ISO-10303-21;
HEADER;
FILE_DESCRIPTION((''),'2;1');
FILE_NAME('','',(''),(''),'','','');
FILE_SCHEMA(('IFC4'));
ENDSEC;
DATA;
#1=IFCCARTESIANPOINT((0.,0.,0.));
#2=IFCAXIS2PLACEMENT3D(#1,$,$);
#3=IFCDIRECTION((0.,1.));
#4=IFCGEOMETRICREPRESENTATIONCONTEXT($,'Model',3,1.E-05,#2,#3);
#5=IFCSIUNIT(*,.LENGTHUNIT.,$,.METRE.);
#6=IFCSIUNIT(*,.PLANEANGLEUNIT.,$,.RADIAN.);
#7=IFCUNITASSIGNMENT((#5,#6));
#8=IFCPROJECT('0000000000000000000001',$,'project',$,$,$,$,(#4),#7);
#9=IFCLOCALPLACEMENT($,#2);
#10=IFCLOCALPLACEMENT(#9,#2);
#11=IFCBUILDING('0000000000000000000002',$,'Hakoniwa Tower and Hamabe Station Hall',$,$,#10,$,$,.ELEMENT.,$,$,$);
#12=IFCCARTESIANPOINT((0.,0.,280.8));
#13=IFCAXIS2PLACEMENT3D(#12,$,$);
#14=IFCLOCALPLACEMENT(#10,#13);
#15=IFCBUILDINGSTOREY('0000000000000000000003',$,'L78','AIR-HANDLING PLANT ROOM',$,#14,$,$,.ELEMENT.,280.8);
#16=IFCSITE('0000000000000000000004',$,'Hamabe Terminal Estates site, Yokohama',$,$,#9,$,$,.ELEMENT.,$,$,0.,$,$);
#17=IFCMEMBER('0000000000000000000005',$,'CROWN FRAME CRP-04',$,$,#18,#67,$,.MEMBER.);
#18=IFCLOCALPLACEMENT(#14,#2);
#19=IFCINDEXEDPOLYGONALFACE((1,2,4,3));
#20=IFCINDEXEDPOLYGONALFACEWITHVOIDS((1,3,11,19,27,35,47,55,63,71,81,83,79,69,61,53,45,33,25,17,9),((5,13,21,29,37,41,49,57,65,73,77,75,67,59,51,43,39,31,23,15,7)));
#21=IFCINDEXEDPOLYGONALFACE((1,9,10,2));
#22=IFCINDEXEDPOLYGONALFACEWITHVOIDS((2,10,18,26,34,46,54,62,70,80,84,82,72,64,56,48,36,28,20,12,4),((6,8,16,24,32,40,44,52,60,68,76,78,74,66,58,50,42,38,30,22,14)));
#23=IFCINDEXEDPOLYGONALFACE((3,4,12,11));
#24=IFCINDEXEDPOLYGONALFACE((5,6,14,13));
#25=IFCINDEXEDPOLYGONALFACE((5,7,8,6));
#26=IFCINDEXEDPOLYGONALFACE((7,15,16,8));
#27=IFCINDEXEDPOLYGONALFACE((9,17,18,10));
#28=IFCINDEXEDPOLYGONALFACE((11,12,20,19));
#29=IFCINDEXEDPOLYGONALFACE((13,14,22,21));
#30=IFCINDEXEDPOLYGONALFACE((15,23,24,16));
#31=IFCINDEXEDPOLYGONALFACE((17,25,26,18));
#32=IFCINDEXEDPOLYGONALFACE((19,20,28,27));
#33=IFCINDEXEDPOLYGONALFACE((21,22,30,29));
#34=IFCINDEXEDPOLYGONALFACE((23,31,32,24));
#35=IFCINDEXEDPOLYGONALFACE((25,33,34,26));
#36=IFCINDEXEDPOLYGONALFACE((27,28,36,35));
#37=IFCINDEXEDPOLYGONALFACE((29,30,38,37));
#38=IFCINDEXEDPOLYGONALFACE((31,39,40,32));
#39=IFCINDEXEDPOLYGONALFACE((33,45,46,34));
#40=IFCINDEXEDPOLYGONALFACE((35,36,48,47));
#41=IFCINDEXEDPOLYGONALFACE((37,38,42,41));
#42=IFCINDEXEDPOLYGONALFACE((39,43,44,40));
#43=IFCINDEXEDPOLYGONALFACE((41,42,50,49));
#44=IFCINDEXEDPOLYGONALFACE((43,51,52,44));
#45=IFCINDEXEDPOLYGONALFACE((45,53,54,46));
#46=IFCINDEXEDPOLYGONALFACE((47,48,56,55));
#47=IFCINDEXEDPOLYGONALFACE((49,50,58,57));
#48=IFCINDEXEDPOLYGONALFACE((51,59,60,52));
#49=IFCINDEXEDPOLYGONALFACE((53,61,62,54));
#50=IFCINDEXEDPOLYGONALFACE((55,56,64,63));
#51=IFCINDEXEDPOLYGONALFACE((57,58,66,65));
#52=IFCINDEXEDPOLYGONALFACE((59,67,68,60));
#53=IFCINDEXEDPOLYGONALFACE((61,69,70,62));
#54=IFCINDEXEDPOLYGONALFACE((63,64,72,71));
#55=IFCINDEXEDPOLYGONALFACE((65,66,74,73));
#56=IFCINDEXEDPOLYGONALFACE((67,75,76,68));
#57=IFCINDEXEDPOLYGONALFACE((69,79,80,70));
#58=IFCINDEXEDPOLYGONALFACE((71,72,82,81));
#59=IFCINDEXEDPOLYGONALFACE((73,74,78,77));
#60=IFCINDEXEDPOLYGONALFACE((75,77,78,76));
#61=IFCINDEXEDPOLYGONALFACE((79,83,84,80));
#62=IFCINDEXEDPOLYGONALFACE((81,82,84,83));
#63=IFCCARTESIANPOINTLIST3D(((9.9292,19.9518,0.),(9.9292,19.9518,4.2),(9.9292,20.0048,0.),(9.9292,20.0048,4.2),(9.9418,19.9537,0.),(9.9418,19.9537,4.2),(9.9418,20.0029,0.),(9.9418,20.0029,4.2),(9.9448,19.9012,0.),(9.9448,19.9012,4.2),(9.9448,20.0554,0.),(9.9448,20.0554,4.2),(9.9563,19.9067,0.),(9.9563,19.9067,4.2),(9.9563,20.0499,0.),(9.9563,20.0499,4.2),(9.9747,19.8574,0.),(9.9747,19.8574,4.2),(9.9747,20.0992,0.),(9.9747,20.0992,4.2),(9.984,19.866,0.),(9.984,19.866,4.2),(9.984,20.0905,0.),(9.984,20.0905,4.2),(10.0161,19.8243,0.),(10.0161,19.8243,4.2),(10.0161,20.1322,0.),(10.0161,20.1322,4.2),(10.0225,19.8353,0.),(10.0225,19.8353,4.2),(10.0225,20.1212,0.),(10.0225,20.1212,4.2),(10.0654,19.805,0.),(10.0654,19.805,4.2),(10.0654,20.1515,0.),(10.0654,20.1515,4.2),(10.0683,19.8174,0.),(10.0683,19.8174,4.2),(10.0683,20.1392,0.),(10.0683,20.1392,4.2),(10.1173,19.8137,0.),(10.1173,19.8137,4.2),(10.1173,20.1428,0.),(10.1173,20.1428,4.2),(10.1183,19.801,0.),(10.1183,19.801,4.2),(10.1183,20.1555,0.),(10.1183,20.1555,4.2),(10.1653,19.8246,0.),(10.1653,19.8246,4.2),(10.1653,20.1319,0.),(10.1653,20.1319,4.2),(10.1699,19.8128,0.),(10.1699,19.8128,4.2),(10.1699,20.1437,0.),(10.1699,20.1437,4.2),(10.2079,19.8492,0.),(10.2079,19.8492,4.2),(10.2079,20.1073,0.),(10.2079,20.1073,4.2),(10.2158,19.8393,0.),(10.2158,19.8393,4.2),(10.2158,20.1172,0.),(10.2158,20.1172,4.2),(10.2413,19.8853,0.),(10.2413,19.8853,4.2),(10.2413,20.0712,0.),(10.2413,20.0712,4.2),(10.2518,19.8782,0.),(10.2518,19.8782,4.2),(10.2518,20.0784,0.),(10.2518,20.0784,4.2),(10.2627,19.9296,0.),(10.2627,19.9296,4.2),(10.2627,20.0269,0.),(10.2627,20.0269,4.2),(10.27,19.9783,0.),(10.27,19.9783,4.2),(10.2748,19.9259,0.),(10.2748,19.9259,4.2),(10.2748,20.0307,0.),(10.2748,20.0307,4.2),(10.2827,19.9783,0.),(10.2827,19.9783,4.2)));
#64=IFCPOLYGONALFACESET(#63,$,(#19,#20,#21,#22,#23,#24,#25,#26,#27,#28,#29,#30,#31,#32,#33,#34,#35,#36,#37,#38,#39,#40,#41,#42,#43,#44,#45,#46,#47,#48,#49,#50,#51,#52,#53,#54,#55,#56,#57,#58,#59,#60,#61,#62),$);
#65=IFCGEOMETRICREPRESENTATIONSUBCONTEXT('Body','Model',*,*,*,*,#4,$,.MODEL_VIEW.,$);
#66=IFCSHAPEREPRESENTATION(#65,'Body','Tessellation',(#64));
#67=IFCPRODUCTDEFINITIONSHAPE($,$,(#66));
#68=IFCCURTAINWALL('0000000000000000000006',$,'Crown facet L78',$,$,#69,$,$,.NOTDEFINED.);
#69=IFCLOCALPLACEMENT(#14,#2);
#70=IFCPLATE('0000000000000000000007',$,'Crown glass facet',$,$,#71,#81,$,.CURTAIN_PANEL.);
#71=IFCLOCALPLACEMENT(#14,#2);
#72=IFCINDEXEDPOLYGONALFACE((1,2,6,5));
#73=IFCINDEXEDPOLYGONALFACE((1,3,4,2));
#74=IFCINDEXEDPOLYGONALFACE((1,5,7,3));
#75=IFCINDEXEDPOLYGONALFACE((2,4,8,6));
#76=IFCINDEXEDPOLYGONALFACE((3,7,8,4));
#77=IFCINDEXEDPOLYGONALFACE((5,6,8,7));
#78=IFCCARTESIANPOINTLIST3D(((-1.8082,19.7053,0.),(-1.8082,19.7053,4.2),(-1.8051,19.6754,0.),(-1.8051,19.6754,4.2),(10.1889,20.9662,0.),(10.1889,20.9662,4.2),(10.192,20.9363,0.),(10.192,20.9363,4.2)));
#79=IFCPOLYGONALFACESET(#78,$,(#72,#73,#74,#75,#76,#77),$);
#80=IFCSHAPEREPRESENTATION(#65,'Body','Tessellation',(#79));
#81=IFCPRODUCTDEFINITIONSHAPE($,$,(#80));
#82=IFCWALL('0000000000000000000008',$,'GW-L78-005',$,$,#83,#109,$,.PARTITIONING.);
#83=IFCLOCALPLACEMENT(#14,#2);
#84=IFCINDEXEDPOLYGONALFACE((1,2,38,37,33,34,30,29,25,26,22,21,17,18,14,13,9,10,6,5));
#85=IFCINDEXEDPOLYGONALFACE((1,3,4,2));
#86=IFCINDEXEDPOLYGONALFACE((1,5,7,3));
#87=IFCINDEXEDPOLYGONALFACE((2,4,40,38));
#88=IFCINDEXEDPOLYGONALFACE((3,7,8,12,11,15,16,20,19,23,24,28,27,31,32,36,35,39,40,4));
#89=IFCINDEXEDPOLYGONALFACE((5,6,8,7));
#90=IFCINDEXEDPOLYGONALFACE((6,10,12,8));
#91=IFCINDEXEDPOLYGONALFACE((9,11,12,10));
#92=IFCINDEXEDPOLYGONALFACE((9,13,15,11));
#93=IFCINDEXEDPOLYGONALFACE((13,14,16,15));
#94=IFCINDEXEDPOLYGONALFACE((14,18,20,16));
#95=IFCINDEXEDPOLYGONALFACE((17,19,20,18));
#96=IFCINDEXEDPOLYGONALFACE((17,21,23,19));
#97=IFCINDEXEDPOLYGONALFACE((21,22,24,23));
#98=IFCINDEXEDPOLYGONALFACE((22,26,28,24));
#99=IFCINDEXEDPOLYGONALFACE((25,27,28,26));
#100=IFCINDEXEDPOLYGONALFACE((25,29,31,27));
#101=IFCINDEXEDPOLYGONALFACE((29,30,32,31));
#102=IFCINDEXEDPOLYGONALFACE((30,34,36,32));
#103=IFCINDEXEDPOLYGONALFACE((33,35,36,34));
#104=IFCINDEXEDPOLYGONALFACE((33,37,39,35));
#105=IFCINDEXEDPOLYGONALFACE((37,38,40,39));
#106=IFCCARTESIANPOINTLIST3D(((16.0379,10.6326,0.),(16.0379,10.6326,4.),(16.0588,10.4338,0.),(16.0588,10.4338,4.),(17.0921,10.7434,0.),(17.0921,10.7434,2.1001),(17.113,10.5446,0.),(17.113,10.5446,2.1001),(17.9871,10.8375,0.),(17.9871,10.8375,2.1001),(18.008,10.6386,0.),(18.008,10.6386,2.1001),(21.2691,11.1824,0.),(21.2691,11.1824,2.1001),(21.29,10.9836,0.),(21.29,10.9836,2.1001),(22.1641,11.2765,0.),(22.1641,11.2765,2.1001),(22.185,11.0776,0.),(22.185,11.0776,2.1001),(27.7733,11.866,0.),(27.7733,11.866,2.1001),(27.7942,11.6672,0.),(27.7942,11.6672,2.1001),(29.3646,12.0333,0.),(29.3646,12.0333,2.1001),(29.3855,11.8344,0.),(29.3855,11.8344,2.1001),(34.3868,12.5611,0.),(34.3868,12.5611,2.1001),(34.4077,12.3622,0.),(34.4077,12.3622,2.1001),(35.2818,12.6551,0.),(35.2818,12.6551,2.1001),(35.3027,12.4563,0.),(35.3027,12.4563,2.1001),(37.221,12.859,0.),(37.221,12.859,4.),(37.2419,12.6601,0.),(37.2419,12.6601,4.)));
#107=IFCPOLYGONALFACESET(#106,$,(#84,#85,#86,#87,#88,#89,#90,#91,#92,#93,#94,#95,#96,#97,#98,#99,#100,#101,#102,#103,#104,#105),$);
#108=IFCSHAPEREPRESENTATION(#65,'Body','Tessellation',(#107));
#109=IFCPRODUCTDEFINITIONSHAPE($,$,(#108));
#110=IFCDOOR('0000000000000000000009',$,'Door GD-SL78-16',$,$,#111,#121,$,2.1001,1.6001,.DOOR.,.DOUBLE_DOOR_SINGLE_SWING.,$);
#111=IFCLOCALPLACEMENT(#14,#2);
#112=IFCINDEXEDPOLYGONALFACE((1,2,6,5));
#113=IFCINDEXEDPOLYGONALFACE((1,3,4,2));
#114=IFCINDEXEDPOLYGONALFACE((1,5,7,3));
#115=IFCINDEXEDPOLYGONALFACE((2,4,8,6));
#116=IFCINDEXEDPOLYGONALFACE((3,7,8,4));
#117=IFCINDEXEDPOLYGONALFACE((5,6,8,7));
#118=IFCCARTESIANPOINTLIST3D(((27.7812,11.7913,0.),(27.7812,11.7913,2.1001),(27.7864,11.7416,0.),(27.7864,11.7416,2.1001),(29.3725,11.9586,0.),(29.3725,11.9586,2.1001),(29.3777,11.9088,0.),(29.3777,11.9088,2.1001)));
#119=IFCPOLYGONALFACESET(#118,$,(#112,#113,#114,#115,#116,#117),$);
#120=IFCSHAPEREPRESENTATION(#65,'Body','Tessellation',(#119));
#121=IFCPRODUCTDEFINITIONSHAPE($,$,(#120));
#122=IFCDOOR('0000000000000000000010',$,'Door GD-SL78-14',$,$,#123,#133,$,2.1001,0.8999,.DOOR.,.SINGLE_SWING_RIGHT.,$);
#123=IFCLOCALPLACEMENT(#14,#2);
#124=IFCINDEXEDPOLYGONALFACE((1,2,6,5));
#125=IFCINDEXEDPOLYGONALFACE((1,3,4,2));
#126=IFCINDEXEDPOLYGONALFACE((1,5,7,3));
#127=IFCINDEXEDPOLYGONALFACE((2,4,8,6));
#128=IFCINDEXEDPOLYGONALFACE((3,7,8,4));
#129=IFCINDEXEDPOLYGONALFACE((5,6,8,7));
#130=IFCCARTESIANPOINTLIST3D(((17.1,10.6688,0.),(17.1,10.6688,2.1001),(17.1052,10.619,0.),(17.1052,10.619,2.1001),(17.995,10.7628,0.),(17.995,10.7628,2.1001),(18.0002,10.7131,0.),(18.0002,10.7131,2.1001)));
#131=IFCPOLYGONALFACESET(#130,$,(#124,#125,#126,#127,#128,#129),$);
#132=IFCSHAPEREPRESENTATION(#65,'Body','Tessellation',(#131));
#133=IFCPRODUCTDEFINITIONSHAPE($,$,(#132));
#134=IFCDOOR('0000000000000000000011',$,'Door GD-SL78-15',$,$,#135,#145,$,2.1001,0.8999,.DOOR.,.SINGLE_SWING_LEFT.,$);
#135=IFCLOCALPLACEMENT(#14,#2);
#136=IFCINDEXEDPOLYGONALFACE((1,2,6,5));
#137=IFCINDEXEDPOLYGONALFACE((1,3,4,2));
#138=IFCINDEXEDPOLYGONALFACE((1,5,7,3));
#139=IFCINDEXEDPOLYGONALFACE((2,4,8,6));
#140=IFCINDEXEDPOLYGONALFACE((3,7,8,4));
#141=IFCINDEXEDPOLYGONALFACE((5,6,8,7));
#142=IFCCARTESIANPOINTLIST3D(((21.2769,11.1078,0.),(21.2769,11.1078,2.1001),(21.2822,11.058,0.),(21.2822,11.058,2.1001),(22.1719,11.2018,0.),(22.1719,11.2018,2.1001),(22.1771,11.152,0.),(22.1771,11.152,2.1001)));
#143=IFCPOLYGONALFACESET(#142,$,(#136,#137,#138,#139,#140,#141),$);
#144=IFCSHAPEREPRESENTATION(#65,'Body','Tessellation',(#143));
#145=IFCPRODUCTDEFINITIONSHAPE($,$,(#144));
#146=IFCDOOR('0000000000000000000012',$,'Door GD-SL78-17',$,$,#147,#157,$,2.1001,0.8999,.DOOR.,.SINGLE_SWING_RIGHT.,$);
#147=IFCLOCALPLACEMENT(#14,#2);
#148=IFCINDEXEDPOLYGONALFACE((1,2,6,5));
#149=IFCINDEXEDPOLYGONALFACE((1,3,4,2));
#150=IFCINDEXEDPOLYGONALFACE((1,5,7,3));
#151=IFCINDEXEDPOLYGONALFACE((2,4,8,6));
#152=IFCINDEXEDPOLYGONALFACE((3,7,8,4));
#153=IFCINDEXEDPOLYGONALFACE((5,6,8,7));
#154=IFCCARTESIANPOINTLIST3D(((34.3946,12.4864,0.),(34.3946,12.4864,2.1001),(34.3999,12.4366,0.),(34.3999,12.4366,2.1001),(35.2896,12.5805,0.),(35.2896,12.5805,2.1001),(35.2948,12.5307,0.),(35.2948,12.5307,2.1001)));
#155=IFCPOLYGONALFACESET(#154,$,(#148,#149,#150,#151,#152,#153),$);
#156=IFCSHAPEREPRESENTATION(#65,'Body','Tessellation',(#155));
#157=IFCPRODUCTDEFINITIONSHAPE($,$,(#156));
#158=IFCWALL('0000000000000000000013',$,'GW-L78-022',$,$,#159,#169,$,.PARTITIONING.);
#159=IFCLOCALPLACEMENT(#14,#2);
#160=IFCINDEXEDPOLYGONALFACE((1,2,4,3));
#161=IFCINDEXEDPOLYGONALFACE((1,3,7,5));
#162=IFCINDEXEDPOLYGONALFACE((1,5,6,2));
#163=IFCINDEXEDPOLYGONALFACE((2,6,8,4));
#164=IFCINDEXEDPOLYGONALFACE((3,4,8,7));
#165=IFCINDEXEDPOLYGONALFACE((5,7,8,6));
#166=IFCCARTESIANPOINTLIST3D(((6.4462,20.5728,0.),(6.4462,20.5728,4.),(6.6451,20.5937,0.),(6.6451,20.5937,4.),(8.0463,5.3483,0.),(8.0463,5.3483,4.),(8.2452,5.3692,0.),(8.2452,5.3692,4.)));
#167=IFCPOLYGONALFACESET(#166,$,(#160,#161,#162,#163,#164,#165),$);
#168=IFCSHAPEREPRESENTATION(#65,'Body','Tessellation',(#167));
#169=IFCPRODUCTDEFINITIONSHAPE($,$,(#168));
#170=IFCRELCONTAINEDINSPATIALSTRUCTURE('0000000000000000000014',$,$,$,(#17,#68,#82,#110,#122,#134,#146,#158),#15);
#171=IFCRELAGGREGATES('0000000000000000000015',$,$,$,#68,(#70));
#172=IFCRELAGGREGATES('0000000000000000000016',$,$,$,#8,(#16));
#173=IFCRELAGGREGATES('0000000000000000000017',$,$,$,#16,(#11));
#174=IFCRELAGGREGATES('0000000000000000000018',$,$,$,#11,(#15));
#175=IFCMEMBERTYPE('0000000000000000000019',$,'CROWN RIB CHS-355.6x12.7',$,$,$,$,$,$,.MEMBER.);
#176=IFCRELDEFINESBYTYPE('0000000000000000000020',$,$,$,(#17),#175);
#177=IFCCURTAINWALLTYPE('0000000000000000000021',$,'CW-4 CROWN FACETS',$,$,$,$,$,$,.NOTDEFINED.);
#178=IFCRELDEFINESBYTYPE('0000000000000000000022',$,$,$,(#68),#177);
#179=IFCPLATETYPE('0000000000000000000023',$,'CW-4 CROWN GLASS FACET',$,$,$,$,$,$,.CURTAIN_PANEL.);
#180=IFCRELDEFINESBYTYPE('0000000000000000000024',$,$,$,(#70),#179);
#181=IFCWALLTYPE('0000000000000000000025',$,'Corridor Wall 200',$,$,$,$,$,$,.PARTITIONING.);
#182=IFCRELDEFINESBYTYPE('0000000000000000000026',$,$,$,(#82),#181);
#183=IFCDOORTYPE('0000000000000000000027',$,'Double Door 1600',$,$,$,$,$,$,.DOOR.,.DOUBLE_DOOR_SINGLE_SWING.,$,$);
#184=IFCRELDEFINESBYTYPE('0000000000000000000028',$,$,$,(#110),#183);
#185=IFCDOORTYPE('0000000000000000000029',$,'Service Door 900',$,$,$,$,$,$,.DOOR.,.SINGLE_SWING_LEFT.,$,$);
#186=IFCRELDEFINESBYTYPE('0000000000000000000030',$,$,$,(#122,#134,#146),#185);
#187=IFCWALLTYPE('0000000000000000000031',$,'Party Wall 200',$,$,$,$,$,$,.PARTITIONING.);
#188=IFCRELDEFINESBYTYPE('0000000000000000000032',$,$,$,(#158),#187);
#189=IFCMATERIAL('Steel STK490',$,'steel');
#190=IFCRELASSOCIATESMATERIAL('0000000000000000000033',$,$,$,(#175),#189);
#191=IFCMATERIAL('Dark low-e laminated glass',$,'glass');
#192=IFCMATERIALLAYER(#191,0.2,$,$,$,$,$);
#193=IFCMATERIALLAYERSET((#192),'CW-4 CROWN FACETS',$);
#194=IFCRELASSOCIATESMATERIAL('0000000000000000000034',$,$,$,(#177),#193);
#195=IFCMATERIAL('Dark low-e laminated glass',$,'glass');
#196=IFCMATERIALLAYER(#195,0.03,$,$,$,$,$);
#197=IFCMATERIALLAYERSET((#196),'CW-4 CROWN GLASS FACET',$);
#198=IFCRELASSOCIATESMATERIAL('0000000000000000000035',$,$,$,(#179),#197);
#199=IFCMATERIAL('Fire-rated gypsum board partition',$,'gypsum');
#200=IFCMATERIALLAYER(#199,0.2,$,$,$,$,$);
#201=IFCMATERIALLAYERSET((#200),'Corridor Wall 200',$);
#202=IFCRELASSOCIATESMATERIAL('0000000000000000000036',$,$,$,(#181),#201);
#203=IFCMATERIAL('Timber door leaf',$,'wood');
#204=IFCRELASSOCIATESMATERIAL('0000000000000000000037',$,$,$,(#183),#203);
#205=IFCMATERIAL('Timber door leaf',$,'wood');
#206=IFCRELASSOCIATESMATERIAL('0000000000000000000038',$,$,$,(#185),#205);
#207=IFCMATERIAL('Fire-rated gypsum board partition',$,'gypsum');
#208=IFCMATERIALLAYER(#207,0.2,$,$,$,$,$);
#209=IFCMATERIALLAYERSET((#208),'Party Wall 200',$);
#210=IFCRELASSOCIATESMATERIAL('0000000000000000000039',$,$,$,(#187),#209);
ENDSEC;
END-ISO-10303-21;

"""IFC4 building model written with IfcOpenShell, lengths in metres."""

from ifc_helpers import new_model, si_unit, direction, frame, frame_2d, origin, origin_2d, place, context, subcontext, project, spatial, rectangle, hollow_circle, extrude, material, layer, layer_set, material_profile, profile_set, type_object, element, fill, aggregate, save


model = new_model("IFC4")

# Units and contexts
model_context = context("Model", 3, precision=1e-05, world=origin(), true_north=direction((0.0, 1.0)))
body_context = subcontext(model_context, "Body", "Model", "MODEL_VIEW")
ifc_project = project(units=[si_unit("LENGTHUNIT", "METRE"), si_unit("PLANEANGLEUNIT", "RADIAN")], contexts=[model_context])

# Site, building, storey
site_placement = place(None, origin())
site = spatial("IfcSite", under=ifc_project, at=site_placement, Name="Hamabe Terminal Estates site, Yokohama", CompositionType="ELEMENT", RefElevation=0.0)
building_placement = place(site_placement, origin())
building = spatial("IfcBuilding", under=site, at=building_placement, Name="Hakoniwa Tower and Hamabe Station Hall", CompositionType="ELEMENT")
storey_placement = place(building_placement, frame((0.0, 0.0, 280.8)))
storey = spatial("IfcBuildingStorey", under=building, at=storey_placement, Name="L78", Description="AIR-HANDLING PLANT ROOM", CompositionType="ELEMENT", Elevation=280.8)

# Member
ifc_material_1 = material(Name="Steel STK490", Category="steel")
ifc_material_profile_1 = material_profile(ifc_material_1, hollow_circle(Radius=0.1777, WallThickness=0.0127, at=origin_2d()), Name="CHS-355.6x12.7")
ifc_profile_set_1 = profile_set([ifc_material_profile_1], Name="Steel STK490")
member_type = type_object("IfcMemberType", Name="CROWN RIB CHS-355.6x12.7", PredefinedType="MEMBER", material=ifc_profile_set_1)
member_placement = place(storey_placement, frame((10.105, 19.9783, 0.0), z_axis=(0.0, 0.0, 1.0), x_axis=(1.0, 0.0, 0.0)))
element("IfcMember", 1, at=member_placement, inside=storey, type_object=member_type, Name="CROWN FRAME CRP-04", PredefinedType="MEMBER", context=body_context, shape_type="SweptSolid", body=[
    extrude(hollow_circle(Radius=0.1777, WallThickness=0.0127, at=origin_2d()), origin(), (0.0, 0.0, 1.0), 4.2),
])

# Curtain wall, plate
ifc_material_2 = material(Name="Dark low-e laminated glass", Category="glass")
ifc_layer_1 = layer(ifc_material_2, 0.2)
ifc_layer_set_1 = layer_set([ifc_layer_1], Name="CW-4 CROWN FACETS")
curtain_wall_type = type_object("IfcCurtainWallType", Name="CW-4 CROWN FACETS", PredefinedType="NOTDEFINED", material=ifc_layer_set_1)
curtain_wall_placement = place(storey_placement, origin())
curtain_wall = element("IfcCurtainWall", 2, at=curtain_wall_placement, inside=storey, type_object=curtain_wall_type, Name="Crown facet L78", PredefinedType="NOTDEFINED")
ifc_material_3 = material(Name="Dark low-e laminated glass", Category="glass")
ifc_layer_2 = layer(ifc_material_3, 0.03)
ifc_layer_set_2 = layer_set([ifc_layer_2], Name="CW-4 CROWN GLASS FACET")
plate_type = type_object("IfcPlateType", Name="CW-4 CROWN GLASS FACET", PredefinedType="CURTAIN_PANEL", material=ifc_layer_set_2)
plate_placement = place(storey_placement, frame((4.1919, 20.3208, 0.0), z_axis=(0.0, 0.0, 1.0), x_axis=(-0.994522, -0.104528, 0.0)))
plate = element("IfcPlate", 3, at=plate_placement, type_object=plate_type, Name="Crown glass facet", PredefinedType="CURTAIN_PANEL", context=body_context, shape_type="SweptSolid", body=[
    extrude(rectangle(XDim=12.0632, YDim=0.03, at=origin_2d()), origin(), (0.0, 0.0, 1.0), 4.2),
])
aggregate(curtain_wall, [plate])

# Wall, openings, doors
ifc_material_4 = material(Name="Fire-rated gypsum board partition", Category="gypsum")
ifc_layer_3 = layer(ifc_material_4, 0.2)
ifc_layer_set_3 = layer_set([ifc_layer_3], Name="Corridor Wall 200")
wall_type_1 = type_object("IfcWallType", Name="Corridor Wall 200", PredefinedType="PARTITIONING", material=ifc_layer_set_3)
wall_1_placement = place(storey_placement, frame((16.0483, 10.5332, 0.0), z_axis=(0.0, 0.0, 1.0), x_axis=(0.994522, 0.104523, 0.0)))
wall_1 = element("IfcWall", 4, at=wall_1_placement, inside=storey, type_object=wall_type_1, Name="GW-L78-005", PredefinedType="PARTITIONING", context=body_context, shape_type="SweptSolid", body=[
    extrude(rectangle(XDim=21.2998, YDim=0.2, at=frame_2d((10.6499, 0.0))), origin(), (0.0, 0.0, 1.0), 4.0),
])
opening_1_placement = place(wall_1_placement, frame((1.0601, 0.0, 0.0)))
opening_1 = element("IfcOpeningElement", 5, at=opening_1_placement, cuts=wall_1, PredefinedType="OPENING", context=body_context, shape_type="SweptSolid", body=[
    extrude(rectangle(XDim=0.8999, YDim=2.1001, at=frame_2d((0.45, 1.05))), frame((0.0, 0.1099, 0.0), z_axis=(0.0, -1.0, 0.0), x_axis=(1.0, 0.0, 0.0)), (0.0, 0.0, 1.0), 0.22),
])
opening_2_placement = place(wall_1_placement, frame((5.26, 0.0, 0.0)))
opening_2 = element("IfcOpeningElement", 6, at=opening_2_placement, cuts=wall_1, PredefinedType="OPENING", context=body_context, shape_type="SweptSolid", body=[
    extrude(rectangle(XDim=0.8999, YDim=2.1001, at=frame_2d((0.45, 1.05))), frame((0.0, 0.1099, 0.0), z_axis=(0.0, -1.0, 0.0), x_axis=(1.0, 0.0, 0.0)), (0.0, 0.0, 1.0), 0.22),
])
opening_3_placement = place(wall_1_placement, frame((11.8, 0.0, 0.0)))
opening_3 = element("IfcOpeningElement", 7, at=opening_3_placement, cuts=wall_1, PredefinedType="OPENING", context=body_context, shape_type="SweptSolid", body=[
    extrude(rectangle(XDim=1.6001, YDim=2.1001, at=frame_2d((0.8, 1.05))), frame((0.0, 0.1099, 0.0), z_axis=(0.0, -1.0, 0.0), x_axis=(1.0, 0.0, 0.0)), (0.0, 0.0, 1.0), 0.22),
])
opening_4_placement = place(wall_1_placement, frame((18.45, 0.0, 0.0)))
opening_4 = element("IfcOpeningElement", 8, at=opening_4_placement, cuts=wall_1, PredefinedType="OPENING", context=body_context, shape_type="SweptSolid", body=[
    extrude(rectangle(XDim=0.8999, YDim=2.1001, at=frame_2d((0.45, 1.05))), frame((0.0, 0.1099, 0.0), z_axis=(0.0, -1.0, 0.0), x_axis=(1.0, 0.0, 0.0)), (0.0, 0.0, 1.0), 0.22),
])
ifc_material_5 = material(Name="Timber door leaf", Category="wood")
door_type_1 = type_object("IfcDoorType", Name="Double Door 1600", OperationType="DOUBLE_DOOR_SINGLE_SWING", PredefinedType="DOOR", material=ifc_material_5)
door_1_placement = place(opening_3_placement, origin())
door_1 = element("IfcDoor", 9, at=door_1_placement, inside=storey, type_object=door_type_1, Name="Door GD-SL78-16", OperationType="DOUBLE_DOOR_SINGLE_SWING", OverallHeight=2.1001, OverallWidth=1.6001, PredefinedType="DOOR", context=body_context, shape_type="SweptSolid", body=[
    extrude(rectangle(XDim=1.6001, YDim=2.1001, at=frame_2d((0.8, 1.05))), frame((0.0, 0.0249, 0.0), z_axis=(0.0, -1.0, 0.0), x_axis=(1.0, 0.0, 0.0)), (0.0, 0.0, 1.0), 0.05),
])
fill(opening_3, door_1)
ifc_material_6 = material(Name="Timber door leaf", Category="wood")
door_type_2 = type_object("IfcDoorType", Name="Service Door 900", OperationType="SINGLE_SWING_LEFT", PredefinedType="DOOR", material=ifc_material_6)
door_2_placement = place(opening_1_placement, origin())
door_2 = element("IfcDoor", 10, at=door_2_placement, inside=storey, type_object=door_type_2, Name="Door GD-SL78-14", OperationType="SINGLE_SWING_RIGHT", OverallHeight=2.1001, OverallWidth=0.8999, PredefinedType="DOOR", context=body_context, shape_type="SweptSolid", body=[
    extrude(rectangle(XDim=0.8999, YDim=2.1001, at=frame_2d((0.45, 1.05))), frame((0.0, 0.0249, 0.0), z_axis=(0.0, -1.0, 0.0), x_axis=(1.0, 0.0, 0.0)), (0.0, 0.0, 1.0), 0.05),
])
fill(opening_1, door_2)
door_3_placement = place(opening_2_placement, origin())
door_3 = element("IfcDoor", 11, at=door_3_placement, inside=storey, type_object=door_type_2, Name="Door GD-SL78-15", OperationType="SINGLE_SWING_LEFT", OverallHeight=2.1001, OverallWidth=0.8999, PredefinedType="DOOR", context=body_context, shape_type="SweptSolid", body=[
    extrude(rectangle(XDim=0.8999, YDim=2.1001, at=frame_2d((0.45, 1.05))), frame((0.0, 0.0249, 0.0), z_axis=(0.0, -1.0, 0.0), x_axis=(1.0, 0.0, 0.0)), (0.0, 0.0, 1.0), 0.05),
])
fill(opening_2, door_3)
door_4_placement = place(opening_4_placement, origin())
door_4 = element("IfcDoor", 12, at=door_4_placement, inside=storey, type_object=door_type_2, Name="Door GD-SL78-17", OperationType="SINGLE_SWING_RIGHT", OverallHeight=2.1001, OverallWidth=0.8999, PredefinedType="DOOR", context=body_context, shape_type="SweptSolid", body=[
    extrude(rectangle(XDim=0.8999, YDim=2.1001, at=frame_2d((0.45, 1.05))), frame((0.0, 0.0249, 0.0), z_axis=(0.0, -1.0, 0.0), x_axis=(1.0, 0.0, 0.0)), (0.0, 0.0, 1.0), 0.05),
])
fill(opening_4, door_4)

# Wall
ifc_material_7 = material(Name="Fire-rated gypsum board partition", Category="gypsum")
ifc_layer_4 = layer(ifc_material_7, 0.2)
ifc_layer_set_4 = layer_set([ifc_layer_4], Name="Party Wall 200")
wall_type_2 = type_object("IfcWallType", Name="Party Wall 200", PredefinedType="PARTITIONING", material=ifc_layer_set_4)
wall_2_placement = place(storey_placement, frame((8.1458, 5.3586, 0.0), z_axis=(0.0, 0.0, 1.0), x_axis=(-0.104524, 0.994522, 0.0)))
element("IfcWall", 13, at=wall_2_placement, inside=storey, type_object=wall_type_2, Name="GW-L78-022", PredefinedType="PARTITIONING", context=body_context, shape_type="SweptSolid", body=[
    extrude(rectangle(XDim=15.3083, YDim=0.2, at=frame_2d((7.6543, 0.0))), origin(), (0.0, 0.0, 1.0), 4.0),
])

save(model, "model.ifc")
